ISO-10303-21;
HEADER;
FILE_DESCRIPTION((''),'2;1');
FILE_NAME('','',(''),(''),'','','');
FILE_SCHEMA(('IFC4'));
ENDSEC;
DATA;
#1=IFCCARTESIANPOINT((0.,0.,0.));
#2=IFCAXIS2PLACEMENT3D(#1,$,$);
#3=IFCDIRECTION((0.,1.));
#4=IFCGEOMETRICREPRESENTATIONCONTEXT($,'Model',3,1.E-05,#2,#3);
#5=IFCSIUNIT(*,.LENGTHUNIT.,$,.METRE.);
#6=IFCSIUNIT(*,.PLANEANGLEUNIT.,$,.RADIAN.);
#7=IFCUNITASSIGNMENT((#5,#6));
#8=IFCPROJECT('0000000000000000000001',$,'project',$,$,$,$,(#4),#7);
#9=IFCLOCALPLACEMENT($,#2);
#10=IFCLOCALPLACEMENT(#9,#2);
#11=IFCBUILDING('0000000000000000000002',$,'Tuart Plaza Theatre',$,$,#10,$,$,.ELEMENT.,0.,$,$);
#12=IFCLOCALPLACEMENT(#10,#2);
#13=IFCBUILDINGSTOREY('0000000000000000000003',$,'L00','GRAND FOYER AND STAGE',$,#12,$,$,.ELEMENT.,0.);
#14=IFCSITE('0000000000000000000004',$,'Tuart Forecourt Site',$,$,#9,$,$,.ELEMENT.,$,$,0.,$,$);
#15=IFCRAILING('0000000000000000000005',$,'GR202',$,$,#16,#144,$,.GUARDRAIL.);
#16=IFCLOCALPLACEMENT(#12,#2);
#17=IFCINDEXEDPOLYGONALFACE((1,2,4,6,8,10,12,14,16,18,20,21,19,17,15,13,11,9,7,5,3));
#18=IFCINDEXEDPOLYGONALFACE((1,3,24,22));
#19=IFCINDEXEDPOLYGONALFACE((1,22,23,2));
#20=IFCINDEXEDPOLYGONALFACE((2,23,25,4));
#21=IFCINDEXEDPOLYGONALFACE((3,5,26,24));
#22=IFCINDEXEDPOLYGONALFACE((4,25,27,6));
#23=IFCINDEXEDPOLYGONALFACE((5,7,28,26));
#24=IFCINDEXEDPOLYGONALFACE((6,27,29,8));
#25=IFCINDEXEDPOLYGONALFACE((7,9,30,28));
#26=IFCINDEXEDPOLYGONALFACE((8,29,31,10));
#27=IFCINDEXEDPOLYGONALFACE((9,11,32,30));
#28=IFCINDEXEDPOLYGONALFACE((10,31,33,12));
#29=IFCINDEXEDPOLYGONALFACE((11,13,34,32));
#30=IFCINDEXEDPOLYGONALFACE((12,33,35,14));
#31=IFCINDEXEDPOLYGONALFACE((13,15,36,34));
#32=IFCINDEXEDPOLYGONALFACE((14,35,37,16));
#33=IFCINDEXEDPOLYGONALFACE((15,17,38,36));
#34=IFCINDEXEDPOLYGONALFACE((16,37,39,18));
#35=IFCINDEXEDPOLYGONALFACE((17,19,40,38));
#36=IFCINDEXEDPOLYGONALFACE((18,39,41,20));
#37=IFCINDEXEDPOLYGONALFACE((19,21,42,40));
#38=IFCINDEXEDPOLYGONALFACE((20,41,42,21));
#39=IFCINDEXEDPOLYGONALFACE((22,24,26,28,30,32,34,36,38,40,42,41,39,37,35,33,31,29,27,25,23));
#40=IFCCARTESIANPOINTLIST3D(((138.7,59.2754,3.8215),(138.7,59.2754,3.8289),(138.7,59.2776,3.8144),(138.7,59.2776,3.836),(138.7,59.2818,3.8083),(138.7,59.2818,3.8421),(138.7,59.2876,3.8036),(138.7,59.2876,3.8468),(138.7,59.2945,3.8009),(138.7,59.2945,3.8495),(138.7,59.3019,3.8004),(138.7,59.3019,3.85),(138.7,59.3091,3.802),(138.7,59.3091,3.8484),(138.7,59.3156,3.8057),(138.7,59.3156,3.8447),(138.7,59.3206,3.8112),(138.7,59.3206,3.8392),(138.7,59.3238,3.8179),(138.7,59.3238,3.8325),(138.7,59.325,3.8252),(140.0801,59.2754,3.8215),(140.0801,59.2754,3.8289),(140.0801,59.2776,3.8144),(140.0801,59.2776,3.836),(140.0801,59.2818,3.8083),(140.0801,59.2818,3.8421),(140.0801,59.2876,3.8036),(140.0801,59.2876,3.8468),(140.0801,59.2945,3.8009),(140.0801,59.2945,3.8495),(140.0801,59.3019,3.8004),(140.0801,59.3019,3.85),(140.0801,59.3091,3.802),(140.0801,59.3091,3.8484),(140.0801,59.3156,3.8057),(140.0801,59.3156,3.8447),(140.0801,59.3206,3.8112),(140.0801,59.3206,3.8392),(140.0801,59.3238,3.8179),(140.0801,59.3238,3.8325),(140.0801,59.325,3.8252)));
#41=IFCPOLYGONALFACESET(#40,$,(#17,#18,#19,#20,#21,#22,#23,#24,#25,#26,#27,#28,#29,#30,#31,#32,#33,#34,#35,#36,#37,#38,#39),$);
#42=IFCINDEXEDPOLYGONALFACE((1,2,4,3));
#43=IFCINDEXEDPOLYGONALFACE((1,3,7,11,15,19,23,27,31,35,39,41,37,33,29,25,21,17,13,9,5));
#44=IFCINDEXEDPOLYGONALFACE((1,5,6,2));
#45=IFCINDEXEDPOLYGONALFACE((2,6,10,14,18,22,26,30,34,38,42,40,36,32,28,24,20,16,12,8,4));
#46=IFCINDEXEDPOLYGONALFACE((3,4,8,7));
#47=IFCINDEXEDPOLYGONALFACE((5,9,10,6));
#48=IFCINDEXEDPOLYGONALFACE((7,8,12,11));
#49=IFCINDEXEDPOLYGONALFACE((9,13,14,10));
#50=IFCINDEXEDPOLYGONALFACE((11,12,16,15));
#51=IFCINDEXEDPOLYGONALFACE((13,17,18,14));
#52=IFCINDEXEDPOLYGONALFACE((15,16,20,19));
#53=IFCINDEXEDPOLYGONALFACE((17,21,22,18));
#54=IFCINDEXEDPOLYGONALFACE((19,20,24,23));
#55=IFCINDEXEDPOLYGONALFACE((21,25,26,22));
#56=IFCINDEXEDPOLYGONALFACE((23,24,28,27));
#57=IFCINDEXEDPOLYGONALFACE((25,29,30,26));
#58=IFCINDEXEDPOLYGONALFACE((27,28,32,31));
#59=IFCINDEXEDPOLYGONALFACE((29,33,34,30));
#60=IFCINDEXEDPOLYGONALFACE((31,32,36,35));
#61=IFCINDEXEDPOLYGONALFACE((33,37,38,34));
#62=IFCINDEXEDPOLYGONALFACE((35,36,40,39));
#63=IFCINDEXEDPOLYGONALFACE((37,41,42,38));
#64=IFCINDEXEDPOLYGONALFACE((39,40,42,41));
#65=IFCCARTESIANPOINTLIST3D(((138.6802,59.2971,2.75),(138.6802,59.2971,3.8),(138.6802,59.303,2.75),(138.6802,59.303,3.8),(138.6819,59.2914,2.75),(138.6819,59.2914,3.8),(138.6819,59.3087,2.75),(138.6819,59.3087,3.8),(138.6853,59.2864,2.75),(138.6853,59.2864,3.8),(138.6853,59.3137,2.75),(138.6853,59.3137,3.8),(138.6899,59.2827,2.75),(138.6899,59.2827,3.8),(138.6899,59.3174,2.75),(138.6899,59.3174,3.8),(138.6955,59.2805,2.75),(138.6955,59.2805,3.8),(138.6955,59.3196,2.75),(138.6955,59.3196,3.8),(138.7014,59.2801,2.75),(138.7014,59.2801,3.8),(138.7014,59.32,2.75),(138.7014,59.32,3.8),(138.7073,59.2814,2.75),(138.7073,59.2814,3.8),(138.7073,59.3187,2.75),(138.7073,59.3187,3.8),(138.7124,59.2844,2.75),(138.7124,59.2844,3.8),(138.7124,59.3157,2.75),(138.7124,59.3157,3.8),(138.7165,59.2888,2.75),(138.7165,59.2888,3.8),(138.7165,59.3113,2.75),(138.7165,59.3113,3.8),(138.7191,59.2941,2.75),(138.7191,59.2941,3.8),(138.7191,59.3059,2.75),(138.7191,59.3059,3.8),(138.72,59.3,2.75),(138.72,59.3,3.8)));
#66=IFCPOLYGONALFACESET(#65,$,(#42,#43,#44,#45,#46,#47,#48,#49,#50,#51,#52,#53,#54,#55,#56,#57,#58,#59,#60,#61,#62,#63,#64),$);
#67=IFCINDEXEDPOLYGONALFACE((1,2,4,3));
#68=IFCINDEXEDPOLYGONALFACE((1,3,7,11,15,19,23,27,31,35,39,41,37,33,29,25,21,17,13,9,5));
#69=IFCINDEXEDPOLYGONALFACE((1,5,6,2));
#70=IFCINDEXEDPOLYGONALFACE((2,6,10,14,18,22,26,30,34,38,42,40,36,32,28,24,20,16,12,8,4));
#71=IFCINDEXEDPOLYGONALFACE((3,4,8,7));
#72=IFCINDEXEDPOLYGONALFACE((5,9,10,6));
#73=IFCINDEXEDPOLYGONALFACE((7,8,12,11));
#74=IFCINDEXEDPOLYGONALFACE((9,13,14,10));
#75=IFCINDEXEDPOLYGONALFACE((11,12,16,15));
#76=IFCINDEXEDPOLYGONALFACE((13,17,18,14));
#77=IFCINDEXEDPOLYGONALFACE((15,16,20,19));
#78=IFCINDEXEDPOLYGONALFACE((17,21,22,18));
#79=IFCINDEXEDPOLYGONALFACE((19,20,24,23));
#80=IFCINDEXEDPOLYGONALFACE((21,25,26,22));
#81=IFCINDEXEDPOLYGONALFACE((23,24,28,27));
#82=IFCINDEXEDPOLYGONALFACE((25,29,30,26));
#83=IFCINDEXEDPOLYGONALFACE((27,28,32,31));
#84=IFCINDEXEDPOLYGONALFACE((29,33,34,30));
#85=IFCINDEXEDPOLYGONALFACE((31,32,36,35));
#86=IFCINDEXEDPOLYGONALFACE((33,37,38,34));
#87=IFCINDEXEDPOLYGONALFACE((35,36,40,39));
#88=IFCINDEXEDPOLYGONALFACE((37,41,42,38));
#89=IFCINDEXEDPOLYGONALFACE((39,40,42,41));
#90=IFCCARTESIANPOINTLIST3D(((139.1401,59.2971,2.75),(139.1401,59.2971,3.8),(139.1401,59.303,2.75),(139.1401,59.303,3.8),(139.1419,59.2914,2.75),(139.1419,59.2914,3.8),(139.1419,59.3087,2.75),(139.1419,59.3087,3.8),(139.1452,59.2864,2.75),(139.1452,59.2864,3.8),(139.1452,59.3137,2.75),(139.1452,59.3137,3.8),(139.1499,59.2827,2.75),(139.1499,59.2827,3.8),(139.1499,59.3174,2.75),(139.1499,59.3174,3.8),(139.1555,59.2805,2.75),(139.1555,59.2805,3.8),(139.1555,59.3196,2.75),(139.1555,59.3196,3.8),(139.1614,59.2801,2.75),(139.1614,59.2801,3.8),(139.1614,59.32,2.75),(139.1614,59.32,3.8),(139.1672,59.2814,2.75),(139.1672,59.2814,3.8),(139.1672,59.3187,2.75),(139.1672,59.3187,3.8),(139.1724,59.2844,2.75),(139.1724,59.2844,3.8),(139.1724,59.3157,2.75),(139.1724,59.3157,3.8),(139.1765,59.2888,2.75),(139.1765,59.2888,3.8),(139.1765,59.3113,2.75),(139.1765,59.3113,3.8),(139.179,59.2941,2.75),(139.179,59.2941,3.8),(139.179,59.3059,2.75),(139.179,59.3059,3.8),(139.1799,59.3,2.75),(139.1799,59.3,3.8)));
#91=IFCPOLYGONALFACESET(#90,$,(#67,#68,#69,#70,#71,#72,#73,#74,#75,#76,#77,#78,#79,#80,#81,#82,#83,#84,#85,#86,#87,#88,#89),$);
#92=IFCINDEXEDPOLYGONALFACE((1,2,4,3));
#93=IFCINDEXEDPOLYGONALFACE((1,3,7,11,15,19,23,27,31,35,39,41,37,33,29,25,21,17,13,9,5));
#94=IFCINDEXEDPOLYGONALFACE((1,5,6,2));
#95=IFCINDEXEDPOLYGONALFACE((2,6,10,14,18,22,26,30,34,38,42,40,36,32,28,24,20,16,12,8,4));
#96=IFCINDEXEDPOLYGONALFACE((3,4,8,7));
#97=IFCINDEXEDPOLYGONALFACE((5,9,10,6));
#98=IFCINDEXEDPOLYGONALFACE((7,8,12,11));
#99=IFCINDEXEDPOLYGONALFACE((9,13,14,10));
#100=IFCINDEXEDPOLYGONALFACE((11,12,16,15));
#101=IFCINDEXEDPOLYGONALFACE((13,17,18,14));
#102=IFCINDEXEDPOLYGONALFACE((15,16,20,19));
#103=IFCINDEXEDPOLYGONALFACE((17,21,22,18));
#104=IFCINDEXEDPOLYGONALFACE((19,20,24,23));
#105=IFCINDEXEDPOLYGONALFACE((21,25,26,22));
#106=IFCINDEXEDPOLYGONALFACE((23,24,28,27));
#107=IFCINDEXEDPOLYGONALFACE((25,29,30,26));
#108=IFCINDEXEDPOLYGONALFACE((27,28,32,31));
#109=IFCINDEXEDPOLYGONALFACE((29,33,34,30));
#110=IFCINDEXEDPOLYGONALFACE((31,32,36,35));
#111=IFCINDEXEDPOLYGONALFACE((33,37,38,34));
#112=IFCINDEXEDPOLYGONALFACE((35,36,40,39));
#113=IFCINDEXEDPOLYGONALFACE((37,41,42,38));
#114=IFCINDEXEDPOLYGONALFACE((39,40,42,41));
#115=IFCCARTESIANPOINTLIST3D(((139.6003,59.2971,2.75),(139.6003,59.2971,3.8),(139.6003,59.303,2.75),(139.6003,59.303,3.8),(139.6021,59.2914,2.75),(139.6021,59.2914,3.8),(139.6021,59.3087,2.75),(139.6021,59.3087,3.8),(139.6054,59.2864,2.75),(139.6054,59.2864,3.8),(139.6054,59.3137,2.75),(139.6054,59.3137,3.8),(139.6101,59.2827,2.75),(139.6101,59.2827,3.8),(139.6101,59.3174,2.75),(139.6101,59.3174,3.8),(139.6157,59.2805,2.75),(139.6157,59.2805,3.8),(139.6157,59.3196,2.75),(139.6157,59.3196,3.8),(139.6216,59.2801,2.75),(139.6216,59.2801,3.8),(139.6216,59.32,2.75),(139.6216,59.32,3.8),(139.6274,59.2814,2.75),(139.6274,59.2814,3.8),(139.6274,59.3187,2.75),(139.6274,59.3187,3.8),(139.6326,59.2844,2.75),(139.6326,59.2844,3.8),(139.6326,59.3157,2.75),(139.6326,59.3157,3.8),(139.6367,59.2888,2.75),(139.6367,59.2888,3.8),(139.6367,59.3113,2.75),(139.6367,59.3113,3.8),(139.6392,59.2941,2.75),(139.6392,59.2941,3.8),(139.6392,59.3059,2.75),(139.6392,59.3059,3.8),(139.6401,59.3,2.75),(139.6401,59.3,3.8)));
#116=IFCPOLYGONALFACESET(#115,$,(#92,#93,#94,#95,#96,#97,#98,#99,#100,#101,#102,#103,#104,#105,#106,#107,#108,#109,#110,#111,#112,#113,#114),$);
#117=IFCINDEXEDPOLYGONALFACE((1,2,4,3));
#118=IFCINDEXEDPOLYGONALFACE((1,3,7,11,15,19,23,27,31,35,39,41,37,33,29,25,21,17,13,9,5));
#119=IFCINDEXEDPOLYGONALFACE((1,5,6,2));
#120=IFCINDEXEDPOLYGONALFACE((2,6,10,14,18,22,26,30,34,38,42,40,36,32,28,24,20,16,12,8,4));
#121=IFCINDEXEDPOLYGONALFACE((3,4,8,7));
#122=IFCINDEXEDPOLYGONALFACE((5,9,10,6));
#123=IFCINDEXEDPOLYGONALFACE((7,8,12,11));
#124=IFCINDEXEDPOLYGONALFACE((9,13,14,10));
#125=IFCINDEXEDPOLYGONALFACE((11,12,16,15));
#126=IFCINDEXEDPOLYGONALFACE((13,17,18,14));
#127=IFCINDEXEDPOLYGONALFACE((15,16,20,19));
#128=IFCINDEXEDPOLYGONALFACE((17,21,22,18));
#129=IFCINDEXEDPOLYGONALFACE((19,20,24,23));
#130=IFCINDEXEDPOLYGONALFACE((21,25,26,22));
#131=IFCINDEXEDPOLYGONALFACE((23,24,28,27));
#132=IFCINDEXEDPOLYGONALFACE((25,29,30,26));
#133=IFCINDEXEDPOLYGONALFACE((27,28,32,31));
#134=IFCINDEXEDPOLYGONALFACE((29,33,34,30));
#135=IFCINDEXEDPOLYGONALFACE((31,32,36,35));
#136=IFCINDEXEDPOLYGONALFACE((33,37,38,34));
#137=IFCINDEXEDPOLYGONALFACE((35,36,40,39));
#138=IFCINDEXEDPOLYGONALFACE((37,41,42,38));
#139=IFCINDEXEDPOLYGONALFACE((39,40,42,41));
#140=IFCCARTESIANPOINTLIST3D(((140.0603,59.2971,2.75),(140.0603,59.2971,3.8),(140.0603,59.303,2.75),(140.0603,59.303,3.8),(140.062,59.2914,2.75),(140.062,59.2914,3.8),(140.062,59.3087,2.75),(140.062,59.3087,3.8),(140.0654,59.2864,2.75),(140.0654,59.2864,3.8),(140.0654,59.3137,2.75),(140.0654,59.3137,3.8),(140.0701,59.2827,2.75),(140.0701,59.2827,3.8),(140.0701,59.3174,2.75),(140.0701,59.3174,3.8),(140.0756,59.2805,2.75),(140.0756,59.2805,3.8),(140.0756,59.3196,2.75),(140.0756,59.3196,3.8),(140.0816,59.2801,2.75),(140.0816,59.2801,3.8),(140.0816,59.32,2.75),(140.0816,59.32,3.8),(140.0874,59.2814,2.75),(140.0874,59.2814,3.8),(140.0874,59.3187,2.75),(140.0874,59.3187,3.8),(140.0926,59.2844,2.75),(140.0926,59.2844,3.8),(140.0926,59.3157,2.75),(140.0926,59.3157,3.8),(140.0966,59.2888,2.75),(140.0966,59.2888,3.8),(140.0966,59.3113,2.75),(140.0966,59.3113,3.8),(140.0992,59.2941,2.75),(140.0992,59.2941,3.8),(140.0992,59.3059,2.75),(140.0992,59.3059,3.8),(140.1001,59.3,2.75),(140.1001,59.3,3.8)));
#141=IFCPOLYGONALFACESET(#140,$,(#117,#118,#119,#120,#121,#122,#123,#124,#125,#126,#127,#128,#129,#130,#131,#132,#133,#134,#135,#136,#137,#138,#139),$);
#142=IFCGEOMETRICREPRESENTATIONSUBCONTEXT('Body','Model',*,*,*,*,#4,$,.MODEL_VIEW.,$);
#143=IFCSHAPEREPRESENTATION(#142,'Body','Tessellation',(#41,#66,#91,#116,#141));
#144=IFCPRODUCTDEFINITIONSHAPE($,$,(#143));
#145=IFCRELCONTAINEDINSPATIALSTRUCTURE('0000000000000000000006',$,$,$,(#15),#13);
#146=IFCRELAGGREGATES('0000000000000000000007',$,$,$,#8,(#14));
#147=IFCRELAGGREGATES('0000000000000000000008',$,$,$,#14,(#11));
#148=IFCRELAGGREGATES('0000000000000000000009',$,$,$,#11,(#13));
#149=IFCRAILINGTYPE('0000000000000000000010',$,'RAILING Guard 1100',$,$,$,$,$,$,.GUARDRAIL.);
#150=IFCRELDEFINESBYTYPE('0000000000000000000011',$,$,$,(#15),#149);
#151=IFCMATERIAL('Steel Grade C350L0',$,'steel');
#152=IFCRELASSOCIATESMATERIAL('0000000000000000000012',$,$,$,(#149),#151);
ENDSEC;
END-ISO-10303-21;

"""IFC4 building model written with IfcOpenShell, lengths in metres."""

from ifc_helpers import new_model, si_unit, direction, frame, origin, origin_2d, place, context, subcontext, project, spatial, circle, extrude, material, type_object, element, save


model = new_model("IFC4")

# Units and contexts
model_context = context("Model", 3, precision=1e-05, world=origin(), true_north=direction((0.0, 1.0)))
body_context = subcontext(model_context, "Body", "Model", "MODEL_VIEW")
ifc_project = project(units=[si_unit("LENGTHUNIT", "METRE"), si_unit("PLANEANGLEUNIT", "RADIAN")], contexts=[model_context])

# Site, building, storey
site_placement = place(None, origin())
site = spatial("IfcSite", under=ifc_project, at=site_placement, Name="Tuart Forecourt Site", CompositionType="ELEMENT", RefElevation=0.0)
building_placement = place(site_placement, origin())
building = spatial("IfcBuilding", under=site, at=building_placement, Name="Tuart Plaza Theatre", CompositionType="ELEMENT", ElevationOfRefHeight=0.0)
storey_placement = place(building_placement, origin())
storey = spatial("IfcBuildingStorey", under=building, at=storey_placement, Name="L00", Description="GRAND FOYER AND STAGE", CompositionType="ELEMENT", Elevation=0.0)

# Railing
ifc_material_1 = material(Name="Steel Grade C350L0", Category="steel")
railing_type_1 = type_object("IfcRailingType", Name="RAILING Guard 1100", PredefinedType="GUARDRAIL", material=ifc_material_1)
railing_placement = place(storey_placement, frame((138.7, 59.3, 2.75)))
element("IfcRailing", 1, at=railing_placement, inside=storey, type_object=railing_type_1, Name="GR202", PredefinedType="GUARDRAIL", context=body_context, shape_type="SweptSolid", body=[
    extrude(circle(Radius=0.0249, at=origin_2d()), frame((0.0, 0.0, 1.0752), z_axis=(1.0, 0.0, 0.0), x_axis=(0.0, 1.0, 0.0)), (0.0, 0.0, 1.0), 1.3801),
    extrude(circle(Radius=0.02, at=origin_2d()), origin(), (0.0, 0.0, 1.0), 1.05),
    extrude(circle(Radius=0.02, at=origin_2d()), frame((0.46, 0.0, 0.0)), (0.0, 0.0, 1.0), 1.05),
    extrude(circle(Radius=0.02, at=origin_2d()), frame((0.9202, 0.0, 0.0)), (0.0, 0.0, 1.0), 1.05),
    extrude(circle(Radius=0.02, at=origin_2d()), frame((1.3801, 0.0, 0.0)), (0.0, 0.0, 1.0), 1.05),
])

save(model, "model.ifc")
